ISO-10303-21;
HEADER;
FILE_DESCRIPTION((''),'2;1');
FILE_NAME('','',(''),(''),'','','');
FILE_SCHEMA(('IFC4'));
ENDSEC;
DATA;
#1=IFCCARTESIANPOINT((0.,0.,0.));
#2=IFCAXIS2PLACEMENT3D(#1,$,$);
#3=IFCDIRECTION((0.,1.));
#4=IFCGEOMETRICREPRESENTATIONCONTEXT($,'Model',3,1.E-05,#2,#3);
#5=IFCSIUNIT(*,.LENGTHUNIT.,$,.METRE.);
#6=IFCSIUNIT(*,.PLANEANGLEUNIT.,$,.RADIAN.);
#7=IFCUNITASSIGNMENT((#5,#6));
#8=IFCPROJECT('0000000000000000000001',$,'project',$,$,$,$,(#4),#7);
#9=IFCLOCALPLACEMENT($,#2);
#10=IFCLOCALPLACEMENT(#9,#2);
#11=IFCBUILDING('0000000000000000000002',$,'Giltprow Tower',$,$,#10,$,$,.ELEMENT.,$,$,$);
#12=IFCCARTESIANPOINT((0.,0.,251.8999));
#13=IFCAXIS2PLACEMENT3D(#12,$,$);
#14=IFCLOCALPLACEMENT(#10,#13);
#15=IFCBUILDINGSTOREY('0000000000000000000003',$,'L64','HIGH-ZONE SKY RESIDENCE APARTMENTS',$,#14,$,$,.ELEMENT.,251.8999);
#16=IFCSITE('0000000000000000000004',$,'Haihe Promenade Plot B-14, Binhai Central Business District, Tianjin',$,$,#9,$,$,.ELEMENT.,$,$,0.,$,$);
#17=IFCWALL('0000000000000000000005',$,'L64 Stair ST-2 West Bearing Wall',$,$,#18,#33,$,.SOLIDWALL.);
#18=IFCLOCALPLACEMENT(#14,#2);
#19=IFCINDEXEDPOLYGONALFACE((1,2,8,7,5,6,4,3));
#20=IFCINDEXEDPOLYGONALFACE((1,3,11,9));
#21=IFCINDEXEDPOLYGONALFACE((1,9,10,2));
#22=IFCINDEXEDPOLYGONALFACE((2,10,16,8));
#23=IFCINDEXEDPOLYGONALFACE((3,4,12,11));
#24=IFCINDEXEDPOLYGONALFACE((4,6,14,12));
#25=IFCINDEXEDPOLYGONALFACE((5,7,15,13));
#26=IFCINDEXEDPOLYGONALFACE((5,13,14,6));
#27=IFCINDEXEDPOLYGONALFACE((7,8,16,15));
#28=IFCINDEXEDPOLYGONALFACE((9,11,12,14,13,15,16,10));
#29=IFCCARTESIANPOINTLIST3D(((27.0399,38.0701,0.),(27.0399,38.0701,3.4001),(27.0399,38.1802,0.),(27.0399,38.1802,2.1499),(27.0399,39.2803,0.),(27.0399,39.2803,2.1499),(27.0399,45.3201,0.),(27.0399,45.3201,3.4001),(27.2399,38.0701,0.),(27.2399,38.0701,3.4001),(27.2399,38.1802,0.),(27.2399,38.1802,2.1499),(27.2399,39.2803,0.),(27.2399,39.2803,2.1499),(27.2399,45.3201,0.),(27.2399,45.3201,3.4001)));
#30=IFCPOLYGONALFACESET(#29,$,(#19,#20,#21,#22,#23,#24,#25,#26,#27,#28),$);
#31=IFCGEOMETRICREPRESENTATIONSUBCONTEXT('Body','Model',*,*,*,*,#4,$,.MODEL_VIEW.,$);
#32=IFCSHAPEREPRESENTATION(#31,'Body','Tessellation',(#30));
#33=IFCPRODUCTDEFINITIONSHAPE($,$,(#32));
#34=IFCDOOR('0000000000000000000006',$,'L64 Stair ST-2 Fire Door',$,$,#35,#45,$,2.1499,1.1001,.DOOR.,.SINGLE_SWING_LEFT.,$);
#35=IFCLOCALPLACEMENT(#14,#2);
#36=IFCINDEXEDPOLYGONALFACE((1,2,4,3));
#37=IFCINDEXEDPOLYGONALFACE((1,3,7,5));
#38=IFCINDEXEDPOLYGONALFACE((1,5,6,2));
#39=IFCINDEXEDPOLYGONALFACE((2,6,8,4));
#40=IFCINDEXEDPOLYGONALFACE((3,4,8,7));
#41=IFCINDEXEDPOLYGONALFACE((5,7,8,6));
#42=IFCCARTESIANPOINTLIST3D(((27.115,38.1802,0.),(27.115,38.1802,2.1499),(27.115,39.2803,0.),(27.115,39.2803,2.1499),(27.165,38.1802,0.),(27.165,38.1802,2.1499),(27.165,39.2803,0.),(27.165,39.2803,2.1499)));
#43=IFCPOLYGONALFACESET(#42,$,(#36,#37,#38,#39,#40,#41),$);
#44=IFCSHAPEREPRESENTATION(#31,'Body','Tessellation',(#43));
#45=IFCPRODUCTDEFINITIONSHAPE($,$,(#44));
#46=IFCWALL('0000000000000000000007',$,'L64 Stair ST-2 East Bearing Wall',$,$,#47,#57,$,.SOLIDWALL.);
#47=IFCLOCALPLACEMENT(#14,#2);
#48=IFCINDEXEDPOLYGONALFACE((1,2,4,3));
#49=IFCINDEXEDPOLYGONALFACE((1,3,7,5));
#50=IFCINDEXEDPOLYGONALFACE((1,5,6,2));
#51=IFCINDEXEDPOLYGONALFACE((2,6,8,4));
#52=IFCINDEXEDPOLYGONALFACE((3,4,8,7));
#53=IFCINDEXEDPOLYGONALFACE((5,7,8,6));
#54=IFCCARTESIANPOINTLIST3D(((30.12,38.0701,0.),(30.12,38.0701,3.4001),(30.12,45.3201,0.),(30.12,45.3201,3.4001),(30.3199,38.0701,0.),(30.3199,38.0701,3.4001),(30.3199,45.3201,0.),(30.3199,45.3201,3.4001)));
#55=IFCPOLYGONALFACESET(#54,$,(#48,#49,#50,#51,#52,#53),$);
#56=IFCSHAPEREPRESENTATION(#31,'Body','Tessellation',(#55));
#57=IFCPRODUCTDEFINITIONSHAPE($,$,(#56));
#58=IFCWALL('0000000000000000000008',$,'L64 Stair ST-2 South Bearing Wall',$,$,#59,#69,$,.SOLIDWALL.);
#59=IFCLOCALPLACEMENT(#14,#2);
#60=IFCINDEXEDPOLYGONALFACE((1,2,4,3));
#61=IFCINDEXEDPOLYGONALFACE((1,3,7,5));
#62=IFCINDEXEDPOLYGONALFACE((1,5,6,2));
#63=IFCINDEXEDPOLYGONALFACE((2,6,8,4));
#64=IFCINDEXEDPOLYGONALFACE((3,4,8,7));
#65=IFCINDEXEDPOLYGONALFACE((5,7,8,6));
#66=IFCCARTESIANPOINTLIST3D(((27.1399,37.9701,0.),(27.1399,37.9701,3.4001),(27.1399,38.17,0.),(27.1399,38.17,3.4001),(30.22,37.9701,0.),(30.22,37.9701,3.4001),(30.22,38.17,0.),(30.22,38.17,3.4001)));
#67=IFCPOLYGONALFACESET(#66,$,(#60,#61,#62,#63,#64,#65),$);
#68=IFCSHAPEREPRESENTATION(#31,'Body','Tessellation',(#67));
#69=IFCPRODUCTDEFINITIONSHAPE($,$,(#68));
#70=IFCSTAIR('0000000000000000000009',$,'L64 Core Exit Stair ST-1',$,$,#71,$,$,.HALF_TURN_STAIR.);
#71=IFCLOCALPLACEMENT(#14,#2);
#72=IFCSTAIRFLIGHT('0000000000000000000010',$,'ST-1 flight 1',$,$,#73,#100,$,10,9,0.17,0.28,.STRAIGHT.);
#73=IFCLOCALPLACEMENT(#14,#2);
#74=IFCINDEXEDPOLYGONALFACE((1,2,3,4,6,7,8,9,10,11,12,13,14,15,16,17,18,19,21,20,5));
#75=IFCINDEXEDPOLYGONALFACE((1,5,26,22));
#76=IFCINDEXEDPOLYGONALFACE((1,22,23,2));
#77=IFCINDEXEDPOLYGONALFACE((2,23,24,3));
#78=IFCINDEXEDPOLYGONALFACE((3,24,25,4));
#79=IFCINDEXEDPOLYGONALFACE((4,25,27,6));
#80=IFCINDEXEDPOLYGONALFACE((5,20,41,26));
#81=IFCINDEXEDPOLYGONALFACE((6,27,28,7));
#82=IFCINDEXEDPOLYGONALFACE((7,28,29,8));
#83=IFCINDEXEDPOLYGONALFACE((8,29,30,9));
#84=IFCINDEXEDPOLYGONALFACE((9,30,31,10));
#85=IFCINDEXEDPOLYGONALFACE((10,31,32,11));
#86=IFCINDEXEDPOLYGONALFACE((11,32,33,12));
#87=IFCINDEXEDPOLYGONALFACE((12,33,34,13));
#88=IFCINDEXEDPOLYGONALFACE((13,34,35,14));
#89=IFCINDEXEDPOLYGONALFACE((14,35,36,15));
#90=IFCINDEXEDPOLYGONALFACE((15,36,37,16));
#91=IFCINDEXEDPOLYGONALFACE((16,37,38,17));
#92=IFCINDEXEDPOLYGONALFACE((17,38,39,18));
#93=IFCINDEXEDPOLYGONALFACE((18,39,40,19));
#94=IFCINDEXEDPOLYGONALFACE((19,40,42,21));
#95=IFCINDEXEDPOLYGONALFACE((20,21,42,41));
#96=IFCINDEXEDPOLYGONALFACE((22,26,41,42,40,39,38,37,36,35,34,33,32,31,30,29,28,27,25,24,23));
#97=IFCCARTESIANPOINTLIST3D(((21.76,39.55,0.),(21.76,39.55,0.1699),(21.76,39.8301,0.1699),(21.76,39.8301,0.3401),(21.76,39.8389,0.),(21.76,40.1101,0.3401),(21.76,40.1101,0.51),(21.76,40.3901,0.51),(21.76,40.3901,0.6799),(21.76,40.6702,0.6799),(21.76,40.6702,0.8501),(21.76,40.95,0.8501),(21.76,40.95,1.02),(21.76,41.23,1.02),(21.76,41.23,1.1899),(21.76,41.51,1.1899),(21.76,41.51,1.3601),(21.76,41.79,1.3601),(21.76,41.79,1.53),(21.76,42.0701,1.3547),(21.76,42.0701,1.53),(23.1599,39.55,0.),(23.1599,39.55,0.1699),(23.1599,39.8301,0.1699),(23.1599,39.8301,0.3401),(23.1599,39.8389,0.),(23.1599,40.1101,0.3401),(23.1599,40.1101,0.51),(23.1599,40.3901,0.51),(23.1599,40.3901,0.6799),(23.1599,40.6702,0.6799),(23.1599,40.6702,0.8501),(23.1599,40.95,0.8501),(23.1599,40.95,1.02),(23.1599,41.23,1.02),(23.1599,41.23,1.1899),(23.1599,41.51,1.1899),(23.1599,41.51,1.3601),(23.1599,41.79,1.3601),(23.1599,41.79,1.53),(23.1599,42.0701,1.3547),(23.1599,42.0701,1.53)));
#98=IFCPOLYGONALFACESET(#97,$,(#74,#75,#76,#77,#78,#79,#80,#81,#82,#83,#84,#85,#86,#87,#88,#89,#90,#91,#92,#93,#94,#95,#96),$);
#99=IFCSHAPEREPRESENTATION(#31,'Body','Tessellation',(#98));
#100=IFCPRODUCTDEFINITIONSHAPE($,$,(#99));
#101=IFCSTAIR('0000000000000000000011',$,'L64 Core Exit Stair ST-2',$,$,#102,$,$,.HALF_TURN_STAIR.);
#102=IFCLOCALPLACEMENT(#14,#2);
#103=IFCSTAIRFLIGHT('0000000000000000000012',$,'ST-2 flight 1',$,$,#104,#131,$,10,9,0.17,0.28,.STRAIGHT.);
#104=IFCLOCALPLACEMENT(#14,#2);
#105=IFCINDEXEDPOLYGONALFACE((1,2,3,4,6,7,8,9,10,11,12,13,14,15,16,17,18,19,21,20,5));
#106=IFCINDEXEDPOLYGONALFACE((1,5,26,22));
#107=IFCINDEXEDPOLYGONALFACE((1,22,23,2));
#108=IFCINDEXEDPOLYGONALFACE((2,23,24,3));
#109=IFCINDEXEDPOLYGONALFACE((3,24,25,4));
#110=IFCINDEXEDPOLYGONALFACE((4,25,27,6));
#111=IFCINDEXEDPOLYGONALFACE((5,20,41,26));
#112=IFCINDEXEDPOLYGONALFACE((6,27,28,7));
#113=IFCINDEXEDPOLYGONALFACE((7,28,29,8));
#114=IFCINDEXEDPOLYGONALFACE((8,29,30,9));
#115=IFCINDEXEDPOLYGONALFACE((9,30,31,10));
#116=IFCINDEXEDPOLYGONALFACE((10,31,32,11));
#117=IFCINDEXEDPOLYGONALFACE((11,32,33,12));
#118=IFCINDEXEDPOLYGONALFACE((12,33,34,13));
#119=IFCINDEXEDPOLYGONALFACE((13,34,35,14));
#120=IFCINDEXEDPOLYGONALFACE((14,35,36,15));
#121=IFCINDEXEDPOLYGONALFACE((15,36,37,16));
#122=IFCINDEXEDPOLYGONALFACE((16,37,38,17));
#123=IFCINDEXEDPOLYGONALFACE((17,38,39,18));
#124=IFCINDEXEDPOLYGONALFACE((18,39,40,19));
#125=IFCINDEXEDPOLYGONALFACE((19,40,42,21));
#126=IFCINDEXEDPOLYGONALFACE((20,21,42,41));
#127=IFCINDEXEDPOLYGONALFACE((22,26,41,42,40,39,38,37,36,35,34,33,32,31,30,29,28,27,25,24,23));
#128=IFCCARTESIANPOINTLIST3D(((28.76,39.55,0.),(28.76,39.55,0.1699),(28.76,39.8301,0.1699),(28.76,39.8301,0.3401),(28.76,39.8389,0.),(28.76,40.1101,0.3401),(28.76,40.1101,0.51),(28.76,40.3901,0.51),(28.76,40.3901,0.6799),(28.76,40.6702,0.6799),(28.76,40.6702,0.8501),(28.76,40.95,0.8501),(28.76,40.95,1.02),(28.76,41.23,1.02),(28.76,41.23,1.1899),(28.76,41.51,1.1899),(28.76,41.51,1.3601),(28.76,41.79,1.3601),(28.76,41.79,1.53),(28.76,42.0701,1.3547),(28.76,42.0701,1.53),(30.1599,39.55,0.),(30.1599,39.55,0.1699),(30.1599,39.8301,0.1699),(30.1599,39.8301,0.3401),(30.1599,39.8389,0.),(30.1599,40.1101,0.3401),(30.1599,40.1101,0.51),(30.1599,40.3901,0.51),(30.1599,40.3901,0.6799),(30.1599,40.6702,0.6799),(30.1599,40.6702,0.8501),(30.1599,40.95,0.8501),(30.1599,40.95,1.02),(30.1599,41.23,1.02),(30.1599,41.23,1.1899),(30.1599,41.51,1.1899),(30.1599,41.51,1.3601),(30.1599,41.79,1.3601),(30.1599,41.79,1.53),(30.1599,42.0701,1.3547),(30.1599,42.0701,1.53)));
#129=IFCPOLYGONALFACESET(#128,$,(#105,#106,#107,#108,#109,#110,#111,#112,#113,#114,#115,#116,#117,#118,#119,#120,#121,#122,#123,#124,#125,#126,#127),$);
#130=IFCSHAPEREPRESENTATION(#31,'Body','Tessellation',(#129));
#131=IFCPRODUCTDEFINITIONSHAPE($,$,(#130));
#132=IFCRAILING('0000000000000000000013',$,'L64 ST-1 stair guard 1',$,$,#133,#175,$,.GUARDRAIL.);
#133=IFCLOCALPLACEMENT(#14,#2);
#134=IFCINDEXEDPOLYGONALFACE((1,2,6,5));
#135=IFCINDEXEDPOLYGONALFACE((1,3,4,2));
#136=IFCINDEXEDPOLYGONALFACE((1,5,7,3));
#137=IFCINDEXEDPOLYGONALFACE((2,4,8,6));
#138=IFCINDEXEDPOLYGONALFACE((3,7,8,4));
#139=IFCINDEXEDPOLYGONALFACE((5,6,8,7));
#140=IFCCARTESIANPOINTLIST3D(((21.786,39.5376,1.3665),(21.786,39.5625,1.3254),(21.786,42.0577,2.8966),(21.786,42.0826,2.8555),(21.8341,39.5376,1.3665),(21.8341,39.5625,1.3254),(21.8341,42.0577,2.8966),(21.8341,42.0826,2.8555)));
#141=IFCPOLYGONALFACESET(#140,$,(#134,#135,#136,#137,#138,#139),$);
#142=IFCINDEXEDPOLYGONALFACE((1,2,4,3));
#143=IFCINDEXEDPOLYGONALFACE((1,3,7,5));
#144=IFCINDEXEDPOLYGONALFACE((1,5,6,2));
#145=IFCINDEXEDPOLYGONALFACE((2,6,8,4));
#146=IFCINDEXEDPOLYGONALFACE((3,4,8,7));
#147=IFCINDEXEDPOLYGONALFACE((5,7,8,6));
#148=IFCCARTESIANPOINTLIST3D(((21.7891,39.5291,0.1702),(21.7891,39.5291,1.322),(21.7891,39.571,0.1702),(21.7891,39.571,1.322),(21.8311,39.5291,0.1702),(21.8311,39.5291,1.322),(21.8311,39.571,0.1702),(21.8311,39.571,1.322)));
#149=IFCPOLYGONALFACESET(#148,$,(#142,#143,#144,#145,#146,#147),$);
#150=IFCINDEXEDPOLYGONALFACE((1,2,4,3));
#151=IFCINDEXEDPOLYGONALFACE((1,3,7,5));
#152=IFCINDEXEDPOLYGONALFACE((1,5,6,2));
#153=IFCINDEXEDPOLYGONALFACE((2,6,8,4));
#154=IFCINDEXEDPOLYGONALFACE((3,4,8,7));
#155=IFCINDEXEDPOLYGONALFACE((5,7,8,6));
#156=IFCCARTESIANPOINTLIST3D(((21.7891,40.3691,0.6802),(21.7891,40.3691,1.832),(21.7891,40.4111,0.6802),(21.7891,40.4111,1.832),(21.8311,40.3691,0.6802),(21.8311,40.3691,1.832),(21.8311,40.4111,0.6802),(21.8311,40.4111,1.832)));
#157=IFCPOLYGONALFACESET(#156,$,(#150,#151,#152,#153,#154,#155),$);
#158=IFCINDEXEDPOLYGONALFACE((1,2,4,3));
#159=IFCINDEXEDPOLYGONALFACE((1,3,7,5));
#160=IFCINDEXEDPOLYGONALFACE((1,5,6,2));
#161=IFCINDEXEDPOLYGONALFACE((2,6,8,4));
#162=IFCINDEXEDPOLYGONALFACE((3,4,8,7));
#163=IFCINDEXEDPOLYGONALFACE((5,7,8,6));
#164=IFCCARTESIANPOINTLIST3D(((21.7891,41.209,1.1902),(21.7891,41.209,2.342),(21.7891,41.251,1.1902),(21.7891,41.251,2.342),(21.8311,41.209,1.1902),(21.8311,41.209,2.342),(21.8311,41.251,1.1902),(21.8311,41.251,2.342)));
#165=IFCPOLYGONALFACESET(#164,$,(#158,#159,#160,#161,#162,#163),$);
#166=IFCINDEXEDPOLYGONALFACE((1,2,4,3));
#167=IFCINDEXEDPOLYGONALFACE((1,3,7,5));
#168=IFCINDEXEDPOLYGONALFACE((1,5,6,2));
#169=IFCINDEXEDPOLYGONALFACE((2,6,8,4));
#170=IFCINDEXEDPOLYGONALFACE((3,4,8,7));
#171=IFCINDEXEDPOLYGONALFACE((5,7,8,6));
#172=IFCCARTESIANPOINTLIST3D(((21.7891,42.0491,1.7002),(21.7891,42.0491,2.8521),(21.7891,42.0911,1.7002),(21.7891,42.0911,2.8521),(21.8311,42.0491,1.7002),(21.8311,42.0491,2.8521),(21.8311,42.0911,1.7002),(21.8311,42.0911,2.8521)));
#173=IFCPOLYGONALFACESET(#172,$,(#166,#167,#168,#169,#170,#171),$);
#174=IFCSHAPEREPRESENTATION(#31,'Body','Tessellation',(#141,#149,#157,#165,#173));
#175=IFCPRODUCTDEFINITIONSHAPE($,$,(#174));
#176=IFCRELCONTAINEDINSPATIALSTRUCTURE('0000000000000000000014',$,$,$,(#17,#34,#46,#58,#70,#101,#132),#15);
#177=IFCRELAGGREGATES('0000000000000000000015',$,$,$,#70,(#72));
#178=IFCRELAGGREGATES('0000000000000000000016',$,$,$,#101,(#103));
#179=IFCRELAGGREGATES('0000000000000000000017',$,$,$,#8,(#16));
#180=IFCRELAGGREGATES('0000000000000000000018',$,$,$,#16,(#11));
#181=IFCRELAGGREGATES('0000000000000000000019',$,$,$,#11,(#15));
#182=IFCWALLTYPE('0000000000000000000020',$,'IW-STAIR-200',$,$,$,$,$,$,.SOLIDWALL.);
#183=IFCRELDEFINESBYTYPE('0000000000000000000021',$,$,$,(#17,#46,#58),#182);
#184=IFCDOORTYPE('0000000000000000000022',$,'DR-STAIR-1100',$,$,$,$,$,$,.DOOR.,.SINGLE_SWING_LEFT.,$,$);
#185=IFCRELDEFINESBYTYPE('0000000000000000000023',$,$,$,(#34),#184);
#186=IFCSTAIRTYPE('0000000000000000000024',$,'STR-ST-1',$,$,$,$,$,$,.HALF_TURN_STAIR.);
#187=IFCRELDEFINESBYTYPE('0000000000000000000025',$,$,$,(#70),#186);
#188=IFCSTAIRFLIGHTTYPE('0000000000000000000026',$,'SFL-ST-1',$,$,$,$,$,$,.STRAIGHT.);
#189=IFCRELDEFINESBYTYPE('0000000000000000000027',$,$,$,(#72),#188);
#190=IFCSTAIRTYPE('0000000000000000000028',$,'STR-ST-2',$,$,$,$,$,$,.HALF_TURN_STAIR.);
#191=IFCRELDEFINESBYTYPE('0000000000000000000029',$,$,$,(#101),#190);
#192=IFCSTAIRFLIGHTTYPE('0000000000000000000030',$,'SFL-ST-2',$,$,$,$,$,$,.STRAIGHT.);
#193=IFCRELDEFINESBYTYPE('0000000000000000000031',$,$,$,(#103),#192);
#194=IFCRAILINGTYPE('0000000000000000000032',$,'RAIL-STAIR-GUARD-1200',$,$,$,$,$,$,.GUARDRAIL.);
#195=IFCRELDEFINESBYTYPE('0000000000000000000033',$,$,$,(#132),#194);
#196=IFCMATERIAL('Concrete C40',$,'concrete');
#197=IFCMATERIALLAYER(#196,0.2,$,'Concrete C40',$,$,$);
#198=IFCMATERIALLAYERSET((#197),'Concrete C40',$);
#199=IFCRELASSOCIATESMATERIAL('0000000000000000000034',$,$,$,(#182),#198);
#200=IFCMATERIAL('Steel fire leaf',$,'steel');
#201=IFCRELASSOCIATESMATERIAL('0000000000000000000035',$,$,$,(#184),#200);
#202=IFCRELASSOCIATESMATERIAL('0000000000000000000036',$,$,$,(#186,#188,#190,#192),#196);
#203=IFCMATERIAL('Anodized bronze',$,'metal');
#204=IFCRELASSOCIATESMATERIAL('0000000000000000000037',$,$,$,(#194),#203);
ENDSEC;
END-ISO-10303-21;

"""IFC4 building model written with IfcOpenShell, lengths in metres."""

from ifc_helpers import new_model, si_unit, direction, frame, frame_2d, origin, origin_2d, place, context, subcontext, project, spatial, polyline, rectangle, outline, extrude, source, transform, mapped, material, layer, layer_set, type_object, element, fill, aggregate, save


model = new_model("IFC4")

# Units and contexts
model_context = context("Model", 3, precision=1e-05, world=origin(), true_north=direction((0.0, 1.0)))
body_context = subcontext(model_context, "Body", "Model", "MODEL_VIEW")
ifc_project = project(units=[si_unit("LENGTHUNIT", "METRE"), si_unit("PLANEANGLEUNIT", "RADIAN")], contexts=[model_context])

# Site, building, storey
site_placement = place(None, origin())
site = spatial("IfcSite", under=ifc_project, at=site_placement, Name="Haihe Promenade Plot B-14, Binhai Central Business District, Tianjin", CompositionType="ELEMENT", RefElevation=0.0)
building_placement = place(site_placement, origin())
building = spatial("IfcBuilding", under=site, at=building_placement, Name="Giltprow Tower", CompositionType="ELEMENT")
storey_placement = place(building_placement, frame((0.0, 0.0, 251.8999)))
storey = spatial("IfcBuildingStorey", under=building, at=storey_placement, Name="L64", Description="HIGH-ZONE SKY RESIDENCE APARTMENTS", CompositionType="ELEMENT", Elevation=251.8999)

# Wall, opening, door
ifc_material_1 = material(Name="Concrete C40", Category="concrete")
ifc_layer_1 = layer(ifc_material_1, 0.2, Name="Concrete C40")
ifc_layer_set_1 = layer_set([ifc_layer_1], Name="Concrete C40")
wall_type_1 = type_object("IfcWallType", Name="IW-STAIR-200", PredefinedType="SOLIDWALL", material=ifc_layer_set_1)
ifc_material_2 = material(Name="Steel fire leaf", Category="steel")
door_type_1 = type_object("IfcDoorType", Name="DR-STAIR-1100", OperationType="SINGLE_SWING_LEFT", PredefinedType="DOOR", material=ifc_material_2)
shared_shape_1 = source(origin(), body_context, "Body", "SweptSolid", [
    extrude(rectangle(XDim=1.1001, YDim=2.1499, at=frame_2d((0.55, 1.075))), frame((0.0, 0.0249, 0.0), z_axis=(0.0, -1.0, 0.0), x_axis=(1.0, 0.0, 0.0)), (0.0, 0.0, 1.0), 0.05),
])
wall_1_placement = place(storey_placement, frame((27.1399, 38.0701, 0.0), z_axis=(0.0, 0.0, 1.0), x_axis=(0.0, 1.0, 0.0)))
wall_1 = element("IfcWall", 1, at=wall_1_placement, inside=storey, type_object=wall_type_1, Name="L64 Stair ST-2 West Bearing Wall", PredefinedType="SOLIDWALL", context=body_context, shape_type="SweptSolid", body=[
    extrude(rectangle(XDim=7.25, YDim=0.2, at=frame_2d((3.625, 0.0))), origin(), (0.0, 0.0, 1.0), 3.4001),
])
opening_1_placement = place(wall_1_placement, frame((0.1101, 0.0, 0.0)))
opening_1 = element("IfcOpeningElement", 2, at=opening_1_placement, cuts=wall_1, PredefinedType="OPENING", context=body_context, shape_type="SweptSolid", body=[
    extrude(rectangle(XDim=1.1001, YDim=2.1499, at=frame_2d((0.55, 1.075))), frame((0.0, 0.1099, 0.0), z_axis=(0.0, -1.0, 0.0), x_axis=(1.0, 0.0, 0.0)), (0.0, 0.0, 1.0), 0.22),
])
door_1_placement = place(opening_1_placement, origin())
door_1 = element("IfcDoor", 3, at=door_1_placement, inside=storey, type_object=door_type_1, Name="L64 Stair ST-2 Fire Door", OperationType="SINGLE_SWING_LEFT", OverallHeight=2.1499, OverallWidth=1.1001, PredefinedType="DOOR", context=body_context, shape_type="MappedRepresentation", body=[
    mapped(shared_shape_1, transform((0.0, 0.0, 0.0), x_axis=(1.0, 0.0, 0.0), y_axis=(0.0, 1.0, 0.0), z_axis=(0.0, 0.0, 1.0), scale=1.0)),
])
fill(opening_1, door_1)

# Walls
wall_2_placement = place(storey_placement, frame((30.22, 38.0701, 0.0), z_axis=(0.0, 0.0, 1.0), x_axis=(0.0, 1.0, 0.0)))
element("IfcWall", 4, at=wall_2_placement, inside=storey, type_object=wall_type_1, Name="L64 Stair ST-2 East Bearing Wall", PredefinedType="SOLIDWALL", context=body_context, shape_type="SweptSolid", body=[
    extrude(rectangle(XDim=7.25, YDim=0.2, at=frame_2d((3.625, 0.0))), origin(), (0.0, 0.0, 1.0), 3.4001),
])
wall_3_placement = place(storey_placement, frame((27.1399, 38.0701, 0.0), z_axis=(0.0, 0.0, 1.0), x_axis=(1.0, 0.0, 0.0)))
element("IfcWall", 5, at=wall_3_placement, inside=storey, type_object=wall_type_1, Name="L64 Stair ST-2 South Bearing Wall", PredefinedType="SOLIDWALL", context=body_context, shape_type="SweptSolid", body=[
    extrude(rectangle(XDim=3.0801, YDim=0.2, at=frame_2d((1.54, 0.0))), origin(), (0.0, 0.0, 1.0), 3.4001),
])

# Stairs, stair flights
stair_type_1 = type_object("IfcStairType", Name="STR-ST-1", PredefinedType="HALF_TURN_STAIR", material=ifc_material_1)
stair_1_placement = place(storey_placement, origin())
stair_1 = element("IfcStair", 6, at=stair_1_placement, inside=storey, type_object=stair_type_1, Name="L64 Core Exit Stair ST-1", PredefinedType="HALF_TURN_STAIR")
stair_flight_type_1 = type_object("IfcStairFlightType", Name="SFL-ST-1", PredefinedType="STRAIGHT", material=ifc_material_1)
stair_flight_1_placement = place(storey_placement, frame((22.46, 39.55, 0.0), z_axis=(0.0, 0.0, 1.0), x_axis=(0.0, 1.0, 0.0)))
stair_flight_1 = element("IfcStairFlight", 7, at=stair_flight_1_placement, type_object=stair_flight_type_1, Name="ST-1 flight 1", NumberOfRisers=10, NumberOfTreads=9, PredefinedType="STRAIGHT", RiserHeight=0.17, TreadLength=0.28, context=body_context, shape_type="SweptSolid", body=[
    extrude(outline(polyline([(0.0, 0.0), (0.0, 0.1699), (0.28, 0.1699), (0.28, 0.3401), (0.5601, 0.3401), (0.5601, 0.51), (0.8401, 0.51), (0.8401, 0.6799), (1.1201, 0.6799), (1.1201, 0.8501), (1.3999, 0.8501), (1.3999, 1.02), (1.6799, 1.02), (1.6799, 1.1899), (1.96, 1.1899), (1.96, 1.3601), (2.24, 1.3601), (2.24, 1.53), (2.52, 1.53), (2.52, 1.7), (2.52, 1.3547), (0.2888, 0.0), (0.0, 0.0)])), frame((0.0, 0.7, 0.0), z_axis=(0.0, -1.0, 0.0), x_axis=(1.0, 0.0, 0.0)), (0.0, 0.0, 1.0), 1.3999),
])
aggregate(stair_1, [stair_flight_1])
stair_type_2 = type_object("IfcStairType", Name="STR-ST-2", PredefinedType="HALF_TURN_STAIR", material=ifc_material_1)
stair_2_placement = place(storey_placement, origin())
stair_2 = element("IfcStair", 8, at=stair_2_placement, inside=storey, type_object=stair_type_2, Name="L64 Core Exit Stair ST-2", PredefinedType="HALF_TURN_STAIR")
stair_flight_type_2 = type_object("IfcStairFlightType", Name="SFL-ST-2", PredefinedType="STRAIGHT", material=ifc_material_1)
stair_flight_2_placement = place(storey_placement, frame((29.46, 39.55, 0.0), z_axis=(0.0, 0.0, 1.0), x_axis=(0.0, 1.0, 0.0)))
stair_flight_2 = element("IfcStairFlight", 9, at=stair_flight_2_placement, type_object=stair_flight_type_2, Name="ST-2 flight 1", NumberOfRisers=10, NumberOfTreads=9, PredefinedType="STRAIGHT", RiserHeight=0.17, TreadLength=0.28, context=body_context, shape_type="SweptSolid", body=[
    extrude(outline(polyline([(0.0, 0.0), (0.0, 0.1699), (0.28, 0.1699), (0.28, 0.3401), (0.5601, 0.3401), (0.5601, 0.51), (0.8401, 0.51), (0.8401, 0.6799), (1.1201, 0.6799), (1.1201, 0.8501), (1.3999, 0.8501), (1.3999, 1.02), (1.6799, 1.02), (1.6799, 1.1899), (1.96, 1.1899), (1.96, 1.3601), (2.24, 1.3601), (2.24, 1.53), (2.52, 1.53), (2.52, 1.7), (2.52, 1.3547), (0.2888, 0.0), (0.0, 0.0)])), frame((0.0, 0.7, 0.0), z_axis=(0.0, -1.0, 0.0), x_axis=(1.0, 0.0, 0.0)), (0.0, 0.0, 1.0), 1.3999),
])
aggregate(stair_2, [stair_flight_2])

# Railing
ifc_material_3 = material(Name="Anodized bronze", Category="metal")
railing_type_1 = type_object("IfcRailingType", Name="RAIL-STAIR-GUARD-1200", PredefinedType="GUARDRAIL", material=ifc_material_3)
railing_1_placement = place(storey_placement, frame((21.8101, 39.55, 0.1702)))
element("IfcRailing", 10, at=railing_1_placement, inside=storey, type_object=railing_type_1, Name="L64 ST-1 stair guard 1", PredefinedType="GUARDRAIL", context=body_context, shape_type="SweptSolid", body=[
    extrude(rectangle(XDim=0.0481, YDim=0.0481, at=origin_2d()), frame((0.0, 0.0, 1.1758), z_axis=(0.0, 0.854785, 0.518982), x_axis=(-1.0, 0.0, 0.0)), (0.0, 0.0, 1.0), 2.9482),
    extrude(rectangle(XDim=0.042, YDim=0.042, at=origin_2d()), origin(), (0.0, 0.0, 1.0), 1.1519),
    extrude(rectangle(XDim=0.042, YDim=0.042, at=origin_2d()), frame((0.0, 0.8401, 0.51)), (0.0, 0.0, 1.0), 1.1519),
    extrude(rectangle(XDim=0.042, YDim=0.042, at=origin_2d()), frame((0.0, 1.6799, 1.02)), (0.0, 0.0, 1.0), 1.1519),
    extrude(rectangle(XDim=0.042, YDim=0.042, at=origin_2d()), frame((0.0, 2.52, 1.53)), (0.0, 0.0, 1.0), 1.1519),
])

save(model, "model.ifc")
